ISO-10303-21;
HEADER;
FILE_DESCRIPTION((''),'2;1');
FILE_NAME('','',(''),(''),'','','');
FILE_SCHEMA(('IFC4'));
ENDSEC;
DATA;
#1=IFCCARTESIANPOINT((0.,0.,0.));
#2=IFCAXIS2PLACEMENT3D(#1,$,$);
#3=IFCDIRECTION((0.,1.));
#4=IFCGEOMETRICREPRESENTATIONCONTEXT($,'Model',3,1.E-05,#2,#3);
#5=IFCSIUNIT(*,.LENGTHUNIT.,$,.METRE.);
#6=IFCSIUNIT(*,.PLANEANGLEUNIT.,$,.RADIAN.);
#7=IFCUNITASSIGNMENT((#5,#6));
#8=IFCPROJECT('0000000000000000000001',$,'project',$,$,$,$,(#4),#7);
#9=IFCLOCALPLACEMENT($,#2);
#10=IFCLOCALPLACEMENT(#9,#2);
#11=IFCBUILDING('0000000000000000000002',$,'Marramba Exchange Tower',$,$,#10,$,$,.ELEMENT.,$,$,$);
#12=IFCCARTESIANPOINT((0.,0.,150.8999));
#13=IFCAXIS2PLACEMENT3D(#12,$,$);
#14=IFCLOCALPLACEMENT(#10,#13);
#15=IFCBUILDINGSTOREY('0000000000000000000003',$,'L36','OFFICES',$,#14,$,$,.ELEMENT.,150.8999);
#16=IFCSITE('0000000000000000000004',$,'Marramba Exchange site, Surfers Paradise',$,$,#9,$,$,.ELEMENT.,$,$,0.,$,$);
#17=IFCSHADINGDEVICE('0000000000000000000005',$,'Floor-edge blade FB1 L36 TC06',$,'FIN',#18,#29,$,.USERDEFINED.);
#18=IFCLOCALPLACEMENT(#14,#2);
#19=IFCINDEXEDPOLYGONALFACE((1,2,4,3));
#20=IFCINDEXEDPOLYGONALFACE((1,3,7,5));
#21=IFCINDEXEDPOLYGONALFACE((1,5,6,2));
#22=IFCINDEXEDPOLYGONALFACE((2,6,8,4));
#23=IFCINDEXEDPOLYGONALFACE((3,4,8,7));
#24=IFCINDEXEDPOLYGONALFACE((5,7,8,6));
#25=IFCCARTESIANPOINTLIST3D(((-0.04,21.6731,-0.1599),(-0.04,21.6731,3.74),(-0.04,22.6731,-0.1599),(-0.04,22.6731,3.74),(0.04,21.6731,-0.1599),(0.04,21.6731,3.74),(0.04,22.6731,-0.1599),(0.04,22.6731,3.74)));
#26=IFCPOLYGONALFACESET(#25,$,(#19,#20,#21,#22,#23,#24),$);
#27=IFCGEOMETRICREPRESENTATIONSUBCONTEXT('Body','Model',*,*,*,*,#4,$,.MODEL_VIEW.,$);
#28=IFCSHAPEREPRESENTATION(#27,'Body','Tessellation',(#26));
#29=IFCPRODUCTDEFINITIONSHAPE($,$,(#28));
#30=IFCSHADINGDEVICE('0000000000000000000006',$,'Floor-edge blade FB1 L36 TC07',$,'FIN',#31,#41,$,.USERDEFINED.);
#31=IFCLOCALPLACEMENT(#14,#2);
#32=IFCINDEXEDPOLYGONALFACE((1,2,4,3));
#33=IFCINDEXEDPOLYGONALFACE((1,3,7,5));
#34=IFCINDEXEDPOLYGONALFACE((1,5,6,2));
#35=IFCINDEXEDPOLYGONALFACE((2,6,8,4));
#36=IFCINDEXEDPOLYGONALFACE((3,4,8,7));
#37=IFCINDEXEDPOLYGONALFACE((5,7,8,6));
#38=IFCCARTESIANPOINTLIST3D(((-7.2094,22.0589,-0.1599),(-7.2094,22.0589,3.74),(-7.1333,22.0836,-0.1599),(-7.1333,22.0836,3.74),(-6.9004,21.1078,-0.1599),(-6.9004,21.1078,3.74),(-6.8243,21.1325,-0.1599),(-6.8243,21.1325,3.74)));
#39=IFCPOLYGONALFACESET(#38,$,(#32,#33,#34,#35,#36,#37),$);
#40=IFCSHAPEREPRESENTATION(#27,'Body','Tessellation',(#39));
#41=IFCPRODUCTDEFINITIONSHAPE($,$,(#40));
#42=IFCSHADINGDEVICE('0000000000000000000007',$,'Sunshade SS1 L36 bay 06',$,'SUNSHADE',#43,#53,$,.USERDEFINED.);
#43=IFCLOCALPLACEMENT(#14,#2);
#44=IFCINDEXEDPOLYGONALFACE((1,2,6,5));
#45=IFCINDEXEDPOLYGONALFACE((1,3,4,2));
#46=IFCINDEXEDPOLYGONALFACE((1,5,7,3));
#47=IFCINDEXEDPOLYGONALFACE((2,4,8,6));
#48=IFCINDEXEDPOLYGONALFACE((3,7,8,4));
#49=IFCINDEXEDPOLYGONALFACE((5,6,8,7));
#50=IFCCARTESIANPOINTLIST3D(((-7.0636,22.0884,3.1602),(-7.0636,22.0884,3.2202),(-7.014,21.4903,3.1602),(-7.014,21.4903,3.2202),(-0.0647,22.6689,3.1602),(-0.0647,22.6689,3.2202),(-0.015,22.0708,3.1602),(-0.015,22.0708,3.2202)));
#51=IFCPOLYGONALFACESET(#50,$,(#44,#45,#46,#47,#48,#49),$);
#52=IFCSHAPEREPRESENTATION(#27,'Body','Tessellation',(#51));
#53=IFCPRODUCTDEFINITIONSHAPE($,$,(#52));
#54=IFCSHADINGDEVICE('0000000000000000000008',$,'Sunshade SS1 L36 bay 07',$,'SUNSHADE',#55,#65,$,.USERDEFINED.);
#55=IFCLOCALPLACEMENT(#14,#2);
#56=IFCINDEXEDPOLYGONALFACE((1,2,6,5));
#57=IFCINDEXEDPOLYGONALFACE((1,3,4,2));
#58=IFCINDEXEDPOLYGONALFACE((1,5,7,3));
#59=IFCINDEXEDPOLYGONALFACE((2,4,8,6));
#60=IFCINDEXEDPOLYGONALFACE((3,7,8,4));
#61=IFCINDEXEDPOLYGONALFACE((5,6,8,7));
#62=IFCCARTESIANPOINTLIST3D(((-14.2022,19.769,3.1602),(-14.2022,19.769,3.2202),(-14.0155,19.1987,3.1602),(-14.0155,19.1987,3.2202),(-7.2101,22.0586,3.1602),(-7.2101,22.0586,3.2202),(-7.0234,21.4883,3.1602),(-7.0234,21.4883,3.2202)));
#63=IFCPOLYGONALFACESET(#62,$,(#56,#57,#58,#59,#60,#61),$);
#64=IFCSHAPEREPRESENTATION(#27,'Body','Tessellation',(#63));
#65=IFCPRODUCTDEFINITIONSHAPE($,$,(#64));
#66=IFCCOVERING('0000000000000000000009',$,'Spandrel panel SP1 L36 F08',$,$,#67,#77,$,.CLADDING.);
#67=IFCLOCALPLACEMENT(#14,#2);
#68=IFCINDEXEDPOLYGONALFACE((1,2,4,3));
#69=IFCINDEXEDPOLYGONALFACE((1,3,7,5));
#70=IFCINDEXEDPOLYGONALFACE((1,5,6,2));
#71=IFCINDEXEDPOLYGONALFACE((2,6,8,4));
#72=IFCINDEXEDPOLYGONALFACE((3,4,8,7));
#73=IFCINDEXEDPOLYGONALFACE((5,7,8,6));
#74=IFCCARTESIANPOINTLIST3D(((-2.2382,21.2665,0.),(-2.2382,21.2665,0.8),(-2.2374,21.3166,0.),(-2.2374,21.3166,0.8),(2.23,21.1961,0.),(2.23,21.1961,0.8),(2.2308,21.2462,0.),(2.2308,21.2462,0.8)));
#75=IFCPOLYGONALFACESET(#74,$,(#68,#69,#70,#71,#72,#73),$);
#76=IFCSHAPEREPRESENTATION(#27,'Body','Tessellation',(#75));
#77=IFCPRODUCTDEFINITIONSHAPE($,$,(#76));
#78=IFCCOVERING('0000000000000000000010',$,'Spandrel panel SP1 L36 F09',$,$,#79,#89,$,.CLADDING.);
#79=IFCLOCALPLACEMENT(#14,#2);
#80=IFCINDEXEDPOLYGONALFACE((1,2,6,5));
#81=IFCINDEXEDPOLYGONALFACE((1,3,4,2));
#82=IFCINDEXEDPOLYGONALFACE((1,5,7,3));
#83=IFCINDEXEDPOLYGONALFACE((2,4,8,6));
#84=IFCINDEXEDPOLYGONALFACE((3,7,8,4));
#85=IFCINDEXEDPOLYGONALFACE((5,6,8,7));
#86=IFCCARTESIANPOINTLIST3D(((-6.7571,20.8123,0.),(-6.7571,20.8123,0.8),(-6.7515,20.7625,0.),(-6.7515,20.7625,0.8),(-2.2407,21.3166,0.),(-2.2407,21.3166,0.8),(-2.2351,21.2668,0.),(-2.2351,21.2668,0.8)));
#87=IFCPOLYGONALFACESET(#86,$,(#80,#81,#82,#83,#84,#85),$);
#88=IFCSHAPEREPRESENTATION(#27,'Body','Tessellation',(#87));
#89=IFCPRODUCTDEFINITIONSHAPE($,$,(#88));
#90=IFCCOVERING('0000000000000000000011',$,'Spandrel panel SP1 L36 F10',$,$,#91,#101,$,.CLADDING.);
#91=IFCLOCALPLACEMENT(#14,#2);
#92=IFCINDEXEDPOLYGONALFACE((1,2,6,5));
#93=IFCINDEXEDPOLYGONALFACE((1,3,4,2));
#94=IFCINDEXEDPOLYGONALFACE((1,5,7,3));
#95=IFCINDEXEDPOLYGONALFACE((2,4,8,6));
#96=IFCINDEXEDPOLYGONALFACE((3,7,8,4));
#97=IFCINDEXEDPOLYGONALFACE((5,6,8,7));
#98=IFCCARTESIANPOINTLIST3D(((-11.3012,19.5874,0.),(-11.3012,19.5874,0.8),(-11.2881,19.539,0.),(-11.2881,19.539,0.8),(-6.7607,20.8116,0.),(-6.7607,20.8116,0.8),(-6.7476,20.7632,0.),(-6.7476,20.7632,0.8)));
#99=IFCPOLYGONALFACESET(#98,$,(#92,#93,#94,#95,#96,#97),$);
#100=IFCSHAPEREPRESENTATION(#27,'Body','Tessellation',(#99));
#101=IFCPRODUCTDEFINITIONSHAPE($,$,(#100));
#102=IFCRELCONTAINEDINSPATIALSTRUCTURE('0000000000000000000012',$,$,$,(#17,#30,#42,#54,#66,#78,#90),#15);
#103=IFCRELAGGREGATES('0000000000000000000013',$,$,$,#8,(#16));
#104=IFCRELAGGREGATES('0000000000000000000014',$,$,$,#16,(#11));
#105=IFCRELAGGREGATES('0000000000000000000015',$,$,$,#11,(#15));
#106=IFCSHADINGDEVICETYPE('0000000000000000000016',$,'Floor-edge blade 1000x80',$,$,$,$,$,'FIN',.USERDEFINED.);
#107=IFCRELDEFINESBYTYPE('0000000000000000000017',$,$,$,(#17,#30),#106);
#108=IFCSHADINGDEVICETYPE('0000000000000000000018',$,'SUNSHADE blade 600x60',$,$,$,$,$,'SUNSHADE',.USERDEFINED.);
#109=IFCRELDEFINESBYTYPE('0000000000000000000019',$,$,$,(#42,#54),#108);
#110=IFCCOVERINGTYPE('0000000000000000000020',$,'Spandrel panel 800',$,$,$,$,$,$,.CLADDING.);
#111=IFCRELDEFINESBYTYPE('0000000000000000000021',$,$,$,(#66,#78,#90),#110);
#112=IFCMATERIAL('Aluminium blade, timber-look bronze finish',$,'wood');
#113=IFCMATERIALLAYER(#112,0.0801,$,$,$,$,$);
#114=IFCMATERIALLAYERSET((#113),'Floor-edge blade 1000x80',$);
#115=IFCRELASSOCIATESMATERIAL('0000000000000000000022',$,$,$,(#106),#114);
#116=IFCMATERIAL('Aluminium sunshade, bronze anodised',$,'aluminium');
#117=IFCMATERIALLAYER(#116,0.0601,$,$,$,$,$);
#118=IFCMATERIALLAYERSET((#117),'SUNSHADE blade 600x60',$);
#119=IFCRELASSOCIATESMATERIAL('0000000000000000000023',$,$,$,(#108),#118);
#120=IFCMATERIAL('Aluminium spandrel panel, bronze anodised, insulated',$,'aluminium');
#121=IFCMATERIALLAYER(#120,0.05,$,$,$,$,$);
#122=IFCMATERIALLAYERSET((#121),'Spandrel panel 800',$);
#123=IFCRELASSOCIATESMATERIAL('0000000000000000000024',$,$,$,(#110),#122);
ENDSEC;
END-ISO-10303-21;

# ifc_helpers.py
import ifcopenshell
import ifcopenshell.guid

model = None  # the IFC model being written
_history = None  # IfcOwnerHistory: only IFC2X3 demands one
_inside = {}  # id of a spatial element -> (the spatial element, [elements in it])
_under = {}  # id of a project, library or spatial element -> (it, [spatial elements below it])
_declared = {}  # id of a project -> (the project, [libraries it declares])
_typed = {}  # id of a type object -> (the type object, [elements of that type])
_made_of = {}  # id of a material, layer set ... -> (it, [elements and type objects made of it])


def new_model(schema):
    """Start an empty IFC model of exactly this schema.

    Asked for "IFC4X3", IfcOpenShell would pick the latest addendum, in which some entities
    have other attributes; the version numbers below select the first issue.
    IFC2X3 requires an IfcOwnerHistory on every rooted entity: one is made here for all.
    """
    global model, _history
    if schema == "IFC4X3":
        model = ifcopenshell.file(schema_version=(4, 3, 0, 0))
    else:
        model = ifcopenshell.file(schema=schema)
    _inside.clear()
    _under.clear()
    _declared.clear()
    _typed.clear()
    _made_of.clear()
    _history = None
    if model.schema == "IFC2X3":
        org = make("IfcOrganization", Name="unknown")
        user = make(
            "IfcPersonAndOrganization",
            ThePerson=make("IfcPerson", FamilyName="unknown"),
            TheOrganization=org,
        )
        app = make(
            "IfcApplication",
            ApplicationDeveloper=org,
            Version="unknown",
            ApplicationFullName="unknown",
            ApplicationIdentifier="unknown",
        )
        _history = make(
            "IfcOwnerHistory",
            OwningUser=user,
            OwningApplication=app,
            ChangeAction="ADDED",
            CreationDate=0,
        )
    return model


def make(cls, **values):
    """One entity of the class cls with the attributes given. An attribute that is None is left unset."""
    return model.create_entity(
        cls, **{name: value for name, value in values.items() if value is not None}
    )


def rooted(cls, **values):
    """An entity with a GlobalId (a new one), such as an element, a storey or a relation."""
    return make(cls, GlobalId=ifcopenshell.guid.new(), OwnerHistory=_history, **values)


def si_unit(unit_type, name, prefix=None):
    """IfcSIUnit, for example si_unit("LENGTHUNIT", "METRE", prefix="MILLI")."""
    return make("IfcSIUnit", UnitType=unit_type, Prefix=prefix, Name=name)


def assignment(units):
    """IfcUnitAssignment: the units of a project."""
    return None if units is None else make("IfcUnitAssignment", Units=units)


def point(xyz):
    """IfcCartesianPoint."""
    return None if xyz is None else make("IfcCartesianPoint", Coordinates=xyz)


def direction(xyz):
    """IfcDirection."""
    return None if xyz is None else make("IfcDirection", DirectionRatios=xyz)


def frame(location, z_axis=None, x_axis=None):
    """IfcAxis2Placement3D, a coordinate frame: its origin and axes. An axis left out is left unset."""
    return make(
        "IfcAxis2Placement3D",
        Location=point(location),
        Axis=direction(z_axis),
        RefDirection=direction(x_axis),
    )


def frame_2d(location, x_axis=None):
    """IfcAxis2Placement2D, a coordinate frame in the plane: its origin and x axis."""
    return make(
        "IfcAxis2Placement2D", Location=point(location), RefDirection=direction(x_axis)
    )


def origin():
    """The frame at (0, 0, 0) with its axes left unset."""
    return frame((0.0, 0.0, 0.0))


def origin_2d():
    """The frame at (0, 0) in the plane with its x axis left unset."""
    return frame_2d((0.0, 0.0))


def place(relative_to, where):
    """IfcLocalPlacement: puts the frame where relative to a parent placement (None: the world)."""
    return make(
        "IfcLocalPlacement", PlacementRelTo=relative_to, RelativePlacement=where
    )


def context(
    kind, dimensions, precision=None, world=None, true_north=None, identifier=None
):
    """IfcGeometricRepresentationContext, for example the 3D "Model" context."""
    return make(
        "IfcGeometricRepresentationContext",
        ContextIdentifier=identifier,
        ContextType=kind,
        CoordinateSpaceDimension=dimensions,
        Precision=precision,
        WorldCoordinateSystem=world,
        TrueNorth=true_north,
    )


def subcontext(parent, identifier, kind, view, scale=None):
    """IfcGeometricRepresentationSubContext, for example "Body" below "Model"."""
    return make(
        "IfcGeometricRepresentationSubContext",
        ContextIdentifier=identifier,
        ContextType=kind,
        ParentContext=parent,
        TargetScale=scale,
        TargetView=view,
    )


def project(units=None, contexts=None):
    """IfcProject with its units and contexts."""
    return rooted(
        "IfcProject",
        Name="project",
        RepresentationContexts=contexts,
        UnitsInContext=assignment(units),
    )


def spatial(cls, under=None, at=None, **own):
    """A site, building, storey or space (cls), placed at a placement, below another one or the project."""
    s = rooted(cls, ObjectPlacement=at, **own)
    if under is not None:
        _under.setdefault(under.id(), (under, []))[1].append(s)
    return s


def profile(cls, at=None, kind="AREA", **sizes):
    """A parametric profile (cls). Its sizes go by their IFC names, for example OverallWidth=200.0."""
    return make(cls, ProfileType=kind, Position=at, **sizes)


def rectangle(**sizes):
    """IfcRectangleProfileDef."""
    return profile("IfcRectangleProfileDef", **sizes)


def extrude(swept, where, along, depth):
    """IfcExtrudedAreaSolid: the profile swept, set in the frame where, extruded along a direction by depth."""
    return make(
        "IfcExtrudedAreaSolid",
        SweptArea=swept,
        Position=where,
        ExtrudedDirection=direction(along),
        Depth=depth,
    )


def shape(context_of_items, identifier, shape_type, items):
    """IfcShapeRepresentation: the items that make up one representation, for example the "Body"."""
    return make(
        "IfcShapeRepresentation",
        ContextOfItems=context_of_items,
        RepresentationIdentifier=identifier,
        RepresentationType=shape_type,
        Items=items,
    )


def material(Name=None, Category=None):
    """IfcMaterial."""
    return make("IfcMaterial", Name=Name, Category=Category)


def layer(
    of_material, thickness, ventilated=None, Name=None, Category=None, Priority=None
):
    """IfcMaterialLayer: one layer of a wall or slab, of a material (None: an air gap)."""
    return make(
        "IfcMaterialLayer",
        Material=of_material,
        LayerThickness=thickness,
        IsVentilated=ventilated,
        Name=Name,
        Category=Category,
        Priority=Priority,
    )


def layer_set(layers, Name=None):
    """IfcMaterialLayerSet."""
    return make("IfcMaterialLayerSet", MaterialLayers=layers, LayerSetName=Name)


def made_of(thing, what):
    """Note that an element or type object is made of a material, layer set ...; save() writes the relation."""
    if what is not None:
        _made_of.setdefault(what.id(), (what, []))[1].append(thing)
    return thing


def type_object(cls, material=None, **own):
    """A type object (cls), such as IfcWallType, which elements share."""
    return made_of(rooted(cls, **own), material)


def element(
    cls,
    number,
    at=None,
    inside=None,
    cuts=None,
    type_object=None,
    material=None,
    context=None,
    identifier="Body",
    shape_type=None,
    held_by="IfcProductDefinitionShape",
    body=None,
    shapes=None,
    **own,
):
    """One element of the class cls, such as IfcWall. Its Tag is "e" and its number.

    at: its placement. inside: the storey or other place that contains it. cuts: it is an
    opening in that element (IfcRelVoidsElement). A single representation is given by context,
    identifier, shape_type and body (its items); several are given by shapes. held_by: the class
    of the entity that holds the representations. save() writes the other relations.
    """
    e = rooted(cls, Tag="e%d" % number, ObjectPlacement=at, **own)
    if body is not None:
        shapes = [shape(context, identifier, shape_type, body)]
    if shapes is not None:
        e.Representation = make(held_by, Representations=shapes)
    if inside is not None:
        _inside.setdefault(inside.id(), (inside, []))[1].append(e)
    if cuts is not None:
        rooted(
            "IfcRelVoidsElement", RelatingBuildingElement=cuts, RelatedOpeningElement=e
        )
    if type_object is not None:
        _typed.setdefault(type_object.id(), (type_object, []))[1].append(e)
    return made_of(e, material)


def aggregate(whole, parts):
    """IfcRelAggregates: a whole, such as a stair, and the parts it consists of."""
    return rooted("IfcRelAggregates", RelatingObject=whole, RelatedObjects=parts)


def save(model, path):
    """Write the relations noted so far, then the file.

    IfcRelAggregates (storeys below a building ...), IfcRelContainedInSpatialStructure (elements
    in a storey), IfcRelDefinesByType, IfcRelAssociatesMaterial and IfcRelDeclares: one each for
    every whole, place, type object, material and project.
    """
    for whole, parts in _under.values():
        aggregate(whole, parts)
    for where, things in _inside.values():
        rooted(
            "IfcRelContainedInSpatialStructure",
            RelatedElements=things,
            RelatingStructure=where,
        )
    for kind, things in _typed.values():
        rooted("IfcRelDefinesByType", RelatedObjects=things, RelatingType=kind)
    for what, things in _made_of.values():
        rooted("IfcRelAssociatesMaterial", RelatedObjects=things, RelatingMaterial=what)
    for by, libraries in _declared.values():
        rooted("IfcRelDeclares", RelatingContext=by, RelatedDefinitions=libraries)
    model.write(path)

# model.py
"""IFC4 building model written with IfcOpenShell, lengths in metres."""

from ifc_helpers import new_model, si_unit, direction, frame, origin, origin_2d, place, context, subcontext, project, spatial, rectangle, extrude, material, layer, layer_set, type_object, element, save


model = new_model("IFC4")

# Units and contexts
model_context = context("Model", 3, precision=1e-05, world=origin(), true_north=direction((0.0, 1.0)))
body_context = subcontext(model_context, "Body", "Model", "MODEL_VIEW")
ifc_project = project(units=[si_unit("LENGTHUNIT", "METRE"), si_unit("PLANEANGLEUNIT", "RADIAN")], contexts=[model_context])

# Site, building, storey
site_placement = place(None, origin())
site = spatial("IfcSite", under=ifc_project, at=site_placement, Name="Marramba Exchange site, Surfers Paradise", CompositionType="ELEMENT", RefElevation=0.0)
building_placement = place(site_placement, origin())
building = spatial("IfcBuilding", under=site, at=building_placement, Name="Marramba Exchange Tower", CompositionType="ELEMENT")
storey_placement = place(building_placement, frame((0.0, 0.0, 150.8999)))
storey = spatial("IfcBuildingStorey", under=building, at=storey_placement, Name="L36", Description="OFFICES", CompositionType="ELEMENT", Elevation=150.8999)

# Shading devices
ifc_material_1 = material(Name="Aluminium blade, timber-look bronze finish", Category="wood")
ifc_layer_1 = layer(ifc_material_1, 0.0801)
ifc_layer_set_1 = layer_set([ifc_layer_1], Name="Floor-edge blade 1000x80")
shading_device_type_1 = type_object("IfcShadingDeviceType", Name="Floor-edge blade 1000x80", ElementType="FIN", PredefinedType="USERDEFINED", material=ifc_layer_set_1)
for number, where, z_axis, x_axis, name in (
    (1, (0.0, 22.1731, -0.1599), (0.0, 0.0, 1.0), (0.0, 1.0, 0.0), "Floor-edge blade FB1 L36 TC06"),
    (2, (-7.0168, 21.5957, -0.1599), (0.0, 0.0, 1.0), (-0.309017, 0.951057, 0.0), "Floor-edge blade FB1 L36 TC07"),
):
    element("IfcShadingDevice", number, at=place(storey_placement, frame(where, z_axis=z_axis, x_axis=x_axis)), inside=storey, type_object=shading_device_type_1, Name=name, ObjectType="FIN", PredefinedType="USERDEFINED", context=body_context, shape_type="SweptSolid", body=[
        extrude(rectangle(XDim=1.0, YDim=0.0801, at=origin_2d()), origin(), (0.0, 0.0, 1.0), 3.8999),
    ])
ifc_material_2 = material(Name="Aluminium sunshade, bronze anodised", Category="aluminium")
ifc_layer_2 = layer(ifc_material_2, 0.0601)
ifc_layer_set_2 = layer_set([ifc_layer_2], Name="SUNSHADE blade 600x60")
shading_device_type_2 = type_object("IfcShadingDeviceType", Name="SUNSHADE blade 600x60", ElementType="SUNSHADE", PredefinedType="USERDEFINED", material=ifc_layer_set_2)
shading_device_1_placement = place(storey_placement, frame((-3.5393, 22.0796, 3.1602), z_axis=(0.0, 0.0, 1.0), x_axis=(-0.996578, -0.08266, 0.0)))
element("IfcShadingDevice", 3, at=shading_device_1_placement, inside=storey, type_object=shading_device_type_2, Name="Sunshade SS1 L36 bay 06", ObjectType="SUNSHADE", PredefinedType="USERDEFINED", context=body_context, shape_type="SweptSolid", body=[
    extrude(rectangle(XDim=7.0229, YDim=0.6001, at=origin_2d()), origin(), (0.0, 0.0, 1.0), 0.0601),
])
shading_device_2_placement = place(storey_placement, frame((-10.6128, 20.6287, 3.1602), z_axis=(0.0, 0.0, 1.0), x_axis=(-0.950346, -0.311196, 0.0)))
element("IfcShadingDevice", 4, at=shading_device_2_placement, inside=storey, type_object=shading_device_type_2, Name="Sunshade SS1 L36 bay 07", ObjectType="SUNSHADE", PredefinedType="USERDEFINED", context=body_context, shape_type="SweptSolid", body=[
    extrude(rectangle(XDim=7.3574, YDim=0.6001, at=origin_2d()), origin(), (0.0, 0.0, 1.0), 0.0601),
])

# Coverings
ifc_material_3 = material(Name="Aluminium spandrel panel, bronze anodised, insulated", Category="aluminium")
ifc_layer_3 = layer(ifc_material_3, 0.05)
ifc_layer_set_3 = layer_set([ifc_layer_3], Name="Spandrel panel 800")
covering_type = type_object("IfcCoveringType", Name="Spandrel panel 800", PredefinedType="CLADDING", material=ifc_layer_set_3)
covering_1_placement = place(storey_placement, frame((-0.0037, 21.2563, 0.0), z_axis=(0.0, 0.0, 1.0), x_axis=(-0.999876, 0.015756, 0.0)))
element("IfcCovering", 5, at=covering_1_placement, inside=storey, type_object=covering_type, Name="Spandrel panel SP1 L36 F08", PredefinedType="CLADDING", context=body_context, shape_type="SweptSolid", body=[
    extrude(rectangle(XDim=4.4688, YDim=0.05, at=origin_2d()), origin(), (0.0, 0.0, 1.0), 0.8),
])
covering_2_placement = place(storey_placement, frame((-4.4961, 21.0396, 0.0), z_axis=(0.0, 0.0, 1.0), x_axis=(-0.993823, -0.110973, 0.0)))
element("IfcCovering", 6, at=covering_2_placement, inside=storey, type_object=covering_type, Name="Spandrel panel SP1 L36 F09", PredefinedType="CLADDING", context=body_context, shape_type="SweptSolid", body=[
    extrude(rectangle(XDim=4.5444, YDim=0.05, at=origin_2d()), origin(), (0.0, 0.0, 1.0), 0.8),
])
covering_3_placement = place(storey_placement, frame((-9.0244, 20.1753, 0.0), z_axis=(0.0, 0.0, 1.0), x_axis=(-0.965522, -0.260321, 0.0)))
element("IfcCovering", 7, at=covering_3_placement, inside=storey, type_object=covering_type, Name="Spandrel panel SP1 L36 F10", PredefinedType="CLADDING", context=body_context, shape_type="SweptSolid", body=[
    extrude(rectangle(XDim=4.7026, YDim=0.05, at=origin_2d()), origin(), (0.0, 0.0, 1.0), 0.8),
])

save(model, "model.ifc")
